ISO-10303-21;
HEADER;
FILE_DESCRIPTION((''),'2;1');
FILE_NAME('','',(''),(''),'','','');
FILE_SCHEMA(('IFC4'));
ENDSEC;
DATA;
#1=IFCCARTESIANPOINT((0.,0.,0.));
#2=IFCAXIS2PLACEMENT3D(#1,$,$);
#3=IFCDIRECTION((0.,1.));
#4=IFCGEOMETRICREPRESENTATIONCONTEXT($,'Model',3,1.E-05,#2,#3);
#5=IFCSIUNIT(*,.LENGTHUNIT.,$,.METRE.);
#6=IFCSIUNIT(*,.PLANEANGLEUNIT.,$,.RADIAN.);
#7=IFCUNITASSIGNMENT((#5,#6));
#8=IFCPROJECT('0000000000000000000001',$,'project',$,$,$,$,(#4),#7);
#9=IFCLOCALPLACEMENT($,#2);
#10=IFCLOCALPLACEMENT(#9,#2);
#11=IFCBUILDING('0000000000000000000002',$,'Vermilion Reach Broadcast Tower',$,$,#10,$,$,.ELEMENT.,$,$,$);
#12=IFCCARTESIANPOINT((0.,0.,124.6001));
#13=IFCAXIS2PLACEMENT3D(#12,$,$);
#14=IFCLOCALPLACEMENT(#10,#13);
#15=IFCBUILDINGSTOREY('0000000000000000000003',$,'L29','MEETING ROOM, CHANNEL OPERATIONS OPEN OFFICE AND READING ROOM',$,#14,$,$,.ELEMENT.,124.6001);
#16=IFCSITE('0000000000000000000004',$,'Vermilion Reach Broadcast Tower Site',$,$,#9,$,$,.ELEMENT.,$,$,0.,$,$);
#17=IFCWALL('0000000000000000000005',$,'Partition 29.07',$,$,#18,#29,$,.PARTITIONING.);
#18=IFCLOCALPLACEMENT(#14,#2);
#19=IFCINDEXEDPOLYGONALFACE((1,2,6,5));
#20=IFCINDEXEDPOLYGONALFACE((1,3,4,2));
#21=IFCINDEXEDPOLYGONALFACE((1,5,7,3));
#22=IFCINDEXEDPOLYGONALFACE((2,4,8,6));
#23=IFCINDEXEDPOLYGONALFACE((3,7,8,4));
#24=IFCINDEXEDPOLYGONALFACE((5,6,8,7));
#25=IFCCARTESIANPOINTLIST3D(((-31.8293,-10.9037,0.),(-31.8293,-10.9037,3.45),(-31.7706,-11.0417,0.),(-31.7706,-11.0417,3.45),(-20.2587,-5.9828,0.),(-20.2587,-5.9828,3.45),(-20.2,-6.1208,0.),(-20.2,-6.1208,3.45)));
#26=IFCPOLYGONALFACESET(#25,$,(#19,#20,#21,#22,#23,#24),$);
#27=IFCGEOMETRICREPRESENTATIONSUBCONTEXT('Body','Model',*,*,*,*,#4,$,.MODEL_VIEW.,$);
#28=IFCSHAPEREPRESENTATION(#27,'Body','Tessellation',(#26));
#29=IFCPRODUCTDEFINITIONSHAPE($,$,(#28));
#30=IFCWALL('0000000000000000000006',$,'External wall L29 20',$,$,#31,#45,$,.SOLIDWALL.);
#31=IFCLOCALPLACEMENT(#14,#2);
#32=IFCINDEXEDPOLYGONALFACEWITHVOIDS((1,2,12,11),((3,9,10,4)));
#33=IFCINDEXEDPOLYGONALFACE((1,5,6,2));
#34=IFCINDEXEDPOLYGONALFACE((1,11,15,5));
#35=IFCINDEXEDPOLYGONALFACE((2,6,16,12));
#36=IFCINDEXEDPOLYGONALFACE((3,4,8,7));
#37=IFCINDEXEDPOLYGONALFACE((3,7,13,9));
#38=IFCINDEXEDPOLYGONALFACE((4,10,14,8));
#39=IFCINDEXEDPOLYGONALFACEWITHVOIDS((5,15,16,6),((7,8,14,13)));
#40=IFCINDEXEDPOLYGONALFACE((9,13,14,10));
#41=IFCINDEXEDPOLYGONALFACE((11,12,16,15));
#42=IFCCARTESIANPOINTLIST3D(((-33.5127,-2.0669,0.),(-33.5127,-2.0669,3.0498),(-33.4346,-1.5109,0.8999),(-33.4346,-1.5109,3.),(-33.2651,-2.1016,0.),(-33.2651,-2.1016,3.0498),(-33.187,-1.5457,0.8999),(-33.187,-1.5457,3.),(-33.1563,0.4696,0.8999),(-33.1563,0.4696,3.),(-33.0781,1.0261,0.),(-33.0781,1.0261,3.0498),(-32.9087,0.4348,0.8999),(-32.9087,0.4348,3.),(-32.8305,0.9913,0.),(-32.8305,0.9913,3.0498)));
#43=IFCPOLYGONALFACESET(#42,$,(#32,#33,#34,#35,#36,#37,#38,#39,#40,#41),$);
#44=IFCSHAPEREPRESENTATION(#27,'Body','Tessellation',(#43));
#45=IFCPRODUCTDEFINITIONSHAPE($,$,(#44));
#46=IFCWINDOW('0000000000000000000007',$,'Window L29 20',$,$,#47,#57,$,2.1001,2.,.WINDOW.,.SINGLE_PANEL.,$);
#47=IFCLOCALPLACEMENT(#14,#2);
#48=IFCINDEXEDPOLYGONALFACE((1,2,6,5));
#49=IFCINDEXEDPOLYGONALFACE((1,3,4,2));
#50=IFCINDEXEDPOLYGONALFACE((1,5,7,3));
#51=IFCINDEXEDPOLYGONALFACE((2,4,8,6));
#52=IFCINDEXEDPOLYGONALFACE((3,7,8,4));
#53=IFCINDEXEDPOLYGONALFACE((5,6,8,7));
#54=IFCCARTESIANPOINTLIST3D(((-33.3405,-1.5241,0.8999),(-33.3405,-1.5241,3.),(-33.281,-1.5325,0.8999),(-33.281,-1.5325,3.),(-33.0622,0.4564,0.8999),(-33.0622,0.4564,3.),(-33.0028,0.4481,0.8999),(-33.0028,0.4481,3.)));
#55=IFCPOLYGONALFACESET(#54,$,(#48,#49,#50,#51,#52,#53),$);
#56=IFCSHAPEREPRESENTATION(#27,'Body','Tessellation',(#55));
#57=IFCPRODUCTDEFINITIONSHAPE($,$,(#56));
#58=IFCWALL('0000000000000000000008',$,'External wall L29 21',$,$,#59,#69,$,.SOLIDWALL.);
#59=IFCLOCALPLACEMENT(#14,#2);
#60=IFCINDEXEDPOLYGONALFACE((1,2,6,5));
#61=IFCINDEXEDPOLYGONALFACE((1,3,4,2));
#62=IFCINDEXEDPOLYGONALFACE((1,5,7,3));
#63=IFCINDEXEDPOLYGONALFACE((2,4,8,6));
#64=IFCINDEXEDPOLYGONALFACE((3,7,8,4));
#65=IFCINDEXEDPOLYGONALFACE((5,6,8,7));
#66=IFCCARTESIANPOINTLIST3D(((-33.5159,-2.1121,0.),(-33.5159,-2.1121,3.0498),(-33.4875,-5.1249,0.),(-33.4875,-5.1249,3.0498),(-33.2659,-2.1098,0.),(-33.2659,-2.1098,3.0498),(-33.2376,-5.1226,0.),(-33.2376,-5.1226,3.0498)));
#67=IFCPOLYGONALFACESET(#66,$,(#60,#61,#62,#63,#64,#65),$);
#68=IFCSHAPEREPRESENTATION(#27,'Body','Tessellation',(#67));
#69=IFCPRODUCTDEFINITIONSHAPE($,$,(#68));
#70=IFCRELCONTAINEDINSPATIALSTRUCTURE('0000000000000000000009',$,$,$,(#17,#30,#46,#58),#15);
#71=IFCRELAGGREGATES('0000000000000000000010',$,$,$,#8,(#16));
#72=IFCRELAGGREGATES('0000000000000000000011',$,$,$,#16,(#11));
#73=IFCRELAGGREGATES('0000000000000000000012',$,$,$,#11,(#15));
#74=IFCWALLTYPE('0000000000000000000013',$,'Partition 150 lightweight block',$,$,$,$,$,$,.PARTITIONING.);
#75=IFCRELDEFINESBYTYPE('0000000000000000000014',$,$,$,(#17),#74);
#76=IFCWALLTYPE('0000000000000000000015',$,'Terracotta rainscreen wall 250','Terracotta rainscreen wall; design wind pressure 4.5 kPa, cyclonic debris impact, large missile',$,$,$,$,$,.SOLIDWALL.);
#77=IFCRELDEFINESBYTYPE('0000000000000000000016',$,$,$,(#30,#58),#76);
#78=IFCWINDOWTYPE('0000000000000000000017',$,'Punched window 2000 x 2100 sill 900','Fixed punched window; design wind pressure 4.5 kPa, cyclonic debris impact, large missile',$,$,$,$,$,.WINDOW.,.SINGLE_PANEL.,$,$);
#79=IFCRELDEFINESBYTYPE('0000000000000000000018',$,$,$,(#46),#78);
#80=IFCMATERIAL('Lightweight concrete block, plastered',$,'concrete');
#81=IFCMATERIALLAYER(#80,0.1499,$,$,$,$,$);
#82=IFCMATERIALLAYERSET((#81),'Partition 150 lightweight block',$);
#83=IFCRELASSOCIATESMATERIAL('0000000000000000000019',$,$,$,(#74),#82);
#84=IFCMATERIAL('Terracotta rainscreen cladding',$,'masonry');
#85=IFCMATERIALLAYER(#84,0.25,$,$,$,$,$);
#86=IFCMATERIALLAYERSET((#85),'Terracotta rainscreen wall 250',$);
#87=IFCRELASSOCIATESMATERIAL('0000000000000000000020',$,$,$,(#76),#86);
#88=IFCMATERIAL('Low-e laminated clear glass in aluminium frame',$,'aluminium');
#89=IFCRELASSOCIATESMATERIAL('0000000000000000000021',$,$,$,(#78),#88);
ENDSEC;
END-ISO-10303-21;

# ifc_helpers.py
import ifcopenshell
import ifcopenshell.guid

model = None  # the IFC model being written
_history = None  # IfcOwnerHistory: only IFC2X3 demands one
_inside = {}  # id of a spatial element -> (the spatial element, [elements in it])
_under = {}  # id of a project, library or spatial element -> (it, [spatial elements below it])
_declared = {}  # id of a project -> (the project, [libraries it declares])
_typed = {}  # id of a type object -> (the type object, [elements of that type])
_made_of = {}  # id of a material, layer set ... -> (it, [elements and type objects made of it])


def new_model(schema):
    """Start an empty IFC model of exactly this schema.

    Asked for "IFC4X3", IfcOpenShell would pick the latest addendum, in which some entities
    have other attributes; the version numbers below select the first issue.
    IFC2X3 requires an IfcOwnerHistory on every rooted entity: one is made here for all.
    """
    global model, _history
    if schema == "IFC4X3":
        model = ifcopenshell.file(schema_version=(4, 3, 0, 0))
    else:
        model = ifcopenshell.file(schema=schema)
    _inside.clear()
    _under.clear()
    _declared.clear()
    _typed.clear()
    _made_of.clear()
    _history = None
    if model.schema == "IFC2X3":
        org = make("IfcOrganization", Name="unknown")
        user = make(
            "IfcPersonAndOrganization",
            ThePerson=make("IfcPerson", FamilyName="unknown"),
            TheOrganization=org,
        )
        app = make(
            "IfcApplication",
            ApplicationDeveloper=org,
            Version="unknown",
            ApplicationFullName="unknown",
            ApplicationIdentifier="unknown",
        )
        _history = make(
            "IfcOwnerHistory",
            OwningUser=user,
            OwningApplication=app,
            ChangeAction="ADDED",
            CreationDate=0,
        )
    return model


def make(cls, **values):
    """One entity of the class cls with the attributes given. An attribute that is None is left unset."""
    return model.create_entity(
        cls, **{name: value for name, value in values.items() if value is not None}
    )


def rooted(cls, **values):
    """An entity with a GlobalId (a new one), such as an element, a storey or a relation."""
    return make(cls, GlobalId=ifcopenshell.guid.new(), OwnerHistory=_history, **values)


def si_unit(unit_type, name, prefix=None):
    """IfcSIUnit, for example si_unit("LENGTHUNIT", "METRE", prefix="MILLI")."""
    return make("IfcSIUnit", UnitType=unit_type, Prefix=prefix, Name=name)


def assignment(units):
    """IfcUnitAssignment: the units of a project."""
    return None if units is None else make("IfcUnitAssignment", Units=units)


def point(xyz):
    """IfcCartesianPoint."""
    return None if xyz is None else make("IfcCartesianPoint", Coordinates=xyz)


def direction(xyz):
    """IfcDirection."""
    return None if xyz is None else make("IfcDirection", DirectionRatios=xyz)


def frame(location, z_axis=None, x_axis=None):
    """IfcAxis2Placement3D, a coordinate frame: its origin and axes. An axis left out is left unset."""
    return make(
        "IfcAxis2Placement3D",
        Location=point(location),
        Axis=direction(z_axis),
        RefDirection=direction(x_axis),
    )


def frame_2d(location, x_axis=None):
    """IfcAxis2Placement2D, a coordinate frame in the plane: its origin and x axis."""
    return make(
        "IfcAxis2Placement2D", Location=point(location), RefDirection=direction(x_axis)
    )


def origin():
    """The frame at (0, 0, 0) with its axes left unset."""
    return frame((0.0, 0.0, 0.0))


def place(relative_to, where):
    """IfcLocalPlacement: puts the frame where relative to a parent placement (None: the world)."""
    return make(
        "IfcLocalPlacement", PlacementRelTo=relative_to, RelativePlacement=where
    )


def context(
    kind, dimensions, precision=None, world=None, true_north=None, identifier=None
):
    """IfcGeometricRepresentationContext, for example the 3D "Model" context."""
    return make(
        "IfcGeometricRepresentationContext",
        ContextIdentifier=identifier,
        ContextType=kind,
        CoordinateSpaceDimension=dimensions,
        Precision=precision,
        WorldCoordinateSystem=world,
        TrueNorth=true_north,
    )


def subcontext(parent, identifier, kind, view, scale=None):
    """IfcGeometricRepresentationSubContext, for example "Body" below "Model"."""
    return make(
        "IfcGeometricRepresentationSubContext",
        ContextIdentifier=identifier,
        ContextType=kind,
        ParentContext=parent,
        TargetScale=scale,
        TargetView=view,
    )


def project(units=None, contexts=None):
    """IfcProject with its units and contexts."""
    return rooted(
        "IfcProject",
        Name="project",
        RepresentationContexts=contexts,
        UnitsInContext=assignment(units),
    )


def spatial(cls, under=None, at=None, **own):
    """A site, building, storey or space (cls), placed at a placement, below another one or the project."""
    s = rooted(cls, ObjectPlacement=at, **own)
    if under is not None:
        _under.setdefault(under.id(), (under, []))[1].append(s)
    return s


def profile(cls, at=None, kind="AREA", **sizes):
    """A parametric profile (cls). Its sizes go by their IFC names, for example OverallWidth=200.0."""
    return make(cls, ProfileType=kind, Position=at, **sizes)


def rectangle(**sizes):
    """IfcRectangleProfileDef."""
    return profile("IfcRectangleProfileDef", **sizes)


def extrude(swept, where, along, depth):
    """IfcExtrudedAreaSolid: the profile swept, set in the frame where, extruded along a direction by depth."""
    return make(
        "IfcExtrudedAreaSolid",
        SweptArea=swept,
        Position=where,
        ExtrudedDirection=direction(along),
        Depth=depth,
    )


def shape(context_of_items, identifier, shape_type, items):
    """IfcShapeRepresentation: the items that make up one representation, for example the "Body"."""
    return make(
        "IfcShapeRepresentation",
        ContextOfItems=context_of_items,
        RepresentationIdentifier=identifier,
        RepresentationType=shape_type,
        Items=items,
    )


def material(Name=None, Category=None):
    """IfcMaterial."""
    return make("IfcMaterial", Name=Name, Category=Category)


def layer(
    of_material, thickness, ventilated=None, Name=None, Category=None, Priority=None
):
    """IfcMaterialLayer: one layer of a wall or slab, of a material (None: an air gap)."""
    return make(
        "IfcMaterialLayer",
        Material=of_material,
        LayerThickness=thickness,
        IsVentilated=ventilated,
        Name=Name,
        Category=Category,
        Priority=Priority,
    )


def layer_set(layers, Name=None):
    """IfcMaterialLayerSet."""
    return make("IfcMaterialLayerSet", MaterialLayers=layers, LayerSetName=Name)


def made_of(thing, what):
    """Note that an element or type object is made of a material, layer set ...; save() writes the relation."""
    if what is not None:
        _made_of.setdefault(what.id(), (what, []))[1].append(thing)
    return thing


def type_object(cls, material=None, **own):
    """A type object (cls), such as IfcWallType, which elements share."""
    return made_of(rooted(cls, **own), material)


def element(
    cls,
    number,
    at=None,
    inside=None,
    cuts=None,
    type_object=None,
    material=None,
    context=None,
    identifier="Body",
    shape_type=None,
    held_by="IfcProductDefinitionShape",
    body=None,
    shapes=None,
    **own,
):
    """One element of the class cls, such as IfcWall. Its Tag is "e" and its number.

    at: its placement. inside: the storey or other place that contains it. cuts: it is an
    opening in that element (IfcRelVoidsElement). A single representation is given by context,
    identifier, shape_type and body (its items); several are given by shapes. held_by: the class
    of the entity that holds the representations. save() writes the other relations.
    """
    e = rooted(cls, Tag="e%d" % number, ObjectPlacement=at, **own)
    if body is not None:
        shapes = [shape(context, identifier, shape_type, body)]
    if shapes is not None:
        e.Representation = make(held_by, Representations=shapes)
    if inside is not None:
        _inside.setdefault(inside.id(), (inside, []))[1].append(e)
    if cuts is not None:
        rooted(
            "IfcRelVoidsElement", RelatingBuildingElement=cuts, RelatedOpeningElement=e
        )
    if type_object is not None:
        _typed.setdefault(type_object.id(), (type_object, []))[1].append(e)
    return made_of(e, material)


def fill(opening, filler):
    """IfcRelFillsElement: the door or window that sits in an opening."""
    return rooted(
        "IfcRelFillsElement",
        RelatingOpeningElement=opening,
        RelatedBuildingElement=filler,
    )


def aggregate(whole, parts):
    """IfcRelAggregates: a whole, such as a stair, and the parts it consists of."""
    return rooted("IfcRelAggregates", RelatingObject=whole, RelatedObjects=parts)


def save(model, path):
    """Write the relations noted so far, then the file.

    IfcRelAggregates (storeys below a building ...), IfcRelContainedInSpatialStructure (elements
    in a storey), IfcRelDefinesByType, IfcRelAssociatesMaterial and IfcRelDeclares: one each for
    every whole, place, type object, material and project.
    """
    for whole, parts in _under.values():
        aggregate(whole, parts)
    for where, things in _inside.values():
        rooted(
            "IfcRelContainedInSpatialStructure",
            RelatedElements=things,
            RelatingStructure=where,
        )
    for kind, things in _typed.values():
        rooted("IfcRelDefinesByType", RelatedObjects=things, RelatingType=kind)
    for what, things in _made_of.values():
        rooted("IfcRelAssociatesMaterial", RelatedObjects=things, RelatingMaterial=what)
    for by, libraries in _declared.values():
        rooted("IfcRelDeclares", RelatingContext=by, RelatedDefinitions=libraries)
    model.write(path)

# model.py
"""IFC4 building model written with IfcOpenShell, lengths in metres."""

from ifc_helpers import new_model, si_unit, direction, frame, frame_2d, origin, place, context, subcontext, project, spatial, rectangle, extrude, material, layer, layer_set, type_object, element, fill, save


model = new_model("IFC4")

# Units and contexts
model_context = context("Model", 3, precision=1e-05, world=origin(), true_north=direction((0.0, 1.0)))
body_context = subcontext(model_context, "Body", "Model", "MODEL_VIEW")
ifc_project = project(units=[si_unit("LENGTHUNIT", "METRE"), si_unit("PLANEANGLEUNIT", "RADIAN")], contexts=[model_context])

# Site, building, storey
site_placement = place(None, origin())
site = spatial("IfcSite", under=ifc_project, at=site_placement, Name="Vermilion Reach Broadcast Tower Site", CompositionType="ELEMENT", RefElevation=0.0)
building_placement = place(site_placement, origin())
building = spatial("IfcBuilding", under=site, at=building_placement, Name="Vermilion Reach Broadcast Tower", CompositionType="ELEMENT")
storey_placement = place(building_placement, frame((0.0, 0.0, 124.6001)))
storey = spatial("IfcBuildingStorey", under=building, at=storey_placement, Name="L29", Description="MEETING ROOM, CHANNEL OPERATIONS OPEN OFFICE AND READING ROOM", CompositionType="ELEMENT", Elevation=124.6001)

# Wall
ifc_material_1 = material(Name="Lightweight concrete block, plastered", Category="concrete")
ifc_layer_1 = layer(ifc_material_1, 0.1499)
ifc_layer_set_1 = layer_set([ifc_layer_1], Name="Partition 150 lightweight block")
wall_type_1 = type_object("IfcWallType", Name="Partition 150 lightweight block", PredefinedType="PARTITIONING", material=ifc_layer_set_1)
wall_1_placement = place(storey_placement, frame((-31.7998, -10.9727, 0.0), z_axis=(0.0, 0.0, 1.0), x_axis=(0.920233, 0.39137, 0.0)))
element("IfcWall", 1, at=wall_1_placement, inside=storey, type_object=wall_type_1, Name="Partition 29.07", PredefinedType="PARTITIONING", context=body_context, shape_type="SweptSolid", body=[
    extrude(rectangle(XDim=12.5735, YDim=0.1499, at=frame_2d((6.2866, 0.0))), origin(), (0.0, 0.0, 1.0), 3.45),
])

# Wall, opening, window
ifc_material_2 = material(Name="Terracotta rainscreen cladding", Category="masonry")
ifc_layer_2 = layer(ifc_material_2, 0.25)
ifc_layer_set_2 = layer_set([ifc_layer_2], Name="Terracotta rainscreen wall 250")
wall_type_2 = type_object("IfcWallType", Name="Terracotta rainscreen wall 250", Description="Terracotta rainscreen wall; design wind pressure 4.5 kPa, cyclonic debris impact, large missile", PredefinedType="SOLIDWALL", material=ifc_layer_set_2)
wall_2_placement = place(storey_placement, frame((-32.9543, 1.0085, 0.0), z_axis=(0.0, 0.0, 1.0), x_axis=(-0.139134, -0.990274, 0.0)))
wall_2 = element("IfcWall", 2, at=wall_2_placement, inside=storey, type_object=wall_type_2, Name="External wall L29 20", PredefinedType="SOLIDWALL", context=body_context, shape_type="SweptSolid", body=[
    extrude(rectangle(XDim=3.1233, YDim=0.25, at=frame_2d((1.5615, 0.0))), origin(), (0.0, 0.0, 1.0), 3.0498),
])
opening_placement = place(wall_2_placement, frame((0.5618, 0.0, 0.8999)))
opening = element("IfcOpeningElement", 3, at=opening_placement, cuts=wall_2, PredefinedType="OPENING", context=body_context, shape_type="SweptSolid", body=[
    extrude(rectangle(XDim=2.0, YDim=2.1001, at=frame_2d((1.0, 1.05))), frame((0.0, 0.135, 0.0), z_axis=(0.0, -1.0, 0.0), x_axis=(1.0, 0.0, 0.0)), (0.0, 0.0, 1.0), 0.27),
])
ifc_material_3 = material(Name="Low-e laminated clear glass in aluminium frame", Category="aluminium")
window_type = type_object("IfcWindowType", Name="Punched window 2000 x 2100 sill 900", Description="Fixed punched window; design wind pressure 4.5 kPa, cyclonic debris impact, large missile", PartitioningType="SINGLE_PANEL", PredefinedType="WINDOW", material=ifc_material_3)
window_placement = place(opening_placement, origin())
window = element("IfcWindow", 4, at=window_placement, inside=storey, type_object=window_type, Name="Window L29 20", OverallHeight=2.1001, OverallWidth=2.0, PartitioningType="SINGLE_PANEL", PredefinedType="WINDOW", context=body_context, shape_type="SweptSolid", body=[
    extrude(rectangle(XDim=2.0, YDim=2.1001, at=frame_2d((1.0, 1.05))), frame((0.0, 0.03, 0.0), z_axis=(0.0, -1.0, 0.0), x_axis=(1.0, 0.0, 0.0)), (0.0, 0.0, 1.0), 0.0601),
])
fill(opening, window)

# Wall
wall_3_placement = place(storey_placement, frame((-33.3909, -2.1111, 0.0), z_axis=(0.0, 0.0, 1.0), x_axis=(0.0094, -0.999956, 0.0)))
element("IfcWall", 5, at=wall_3_placement, inside=storey, type_object=wall_type_2, Name="External wall L29 21", PredefinedType="SOLIDWALL", context=body_context, shape_type="SweptSolid", body=[
    extrude(rectangle(XDim=3.0129, YDim=0.25, at=frame_2d((1.5063, 0.0))), origin(), (0.0, 0.0, 1.0), 3.0498),
])

save(model, "model.ifc")
